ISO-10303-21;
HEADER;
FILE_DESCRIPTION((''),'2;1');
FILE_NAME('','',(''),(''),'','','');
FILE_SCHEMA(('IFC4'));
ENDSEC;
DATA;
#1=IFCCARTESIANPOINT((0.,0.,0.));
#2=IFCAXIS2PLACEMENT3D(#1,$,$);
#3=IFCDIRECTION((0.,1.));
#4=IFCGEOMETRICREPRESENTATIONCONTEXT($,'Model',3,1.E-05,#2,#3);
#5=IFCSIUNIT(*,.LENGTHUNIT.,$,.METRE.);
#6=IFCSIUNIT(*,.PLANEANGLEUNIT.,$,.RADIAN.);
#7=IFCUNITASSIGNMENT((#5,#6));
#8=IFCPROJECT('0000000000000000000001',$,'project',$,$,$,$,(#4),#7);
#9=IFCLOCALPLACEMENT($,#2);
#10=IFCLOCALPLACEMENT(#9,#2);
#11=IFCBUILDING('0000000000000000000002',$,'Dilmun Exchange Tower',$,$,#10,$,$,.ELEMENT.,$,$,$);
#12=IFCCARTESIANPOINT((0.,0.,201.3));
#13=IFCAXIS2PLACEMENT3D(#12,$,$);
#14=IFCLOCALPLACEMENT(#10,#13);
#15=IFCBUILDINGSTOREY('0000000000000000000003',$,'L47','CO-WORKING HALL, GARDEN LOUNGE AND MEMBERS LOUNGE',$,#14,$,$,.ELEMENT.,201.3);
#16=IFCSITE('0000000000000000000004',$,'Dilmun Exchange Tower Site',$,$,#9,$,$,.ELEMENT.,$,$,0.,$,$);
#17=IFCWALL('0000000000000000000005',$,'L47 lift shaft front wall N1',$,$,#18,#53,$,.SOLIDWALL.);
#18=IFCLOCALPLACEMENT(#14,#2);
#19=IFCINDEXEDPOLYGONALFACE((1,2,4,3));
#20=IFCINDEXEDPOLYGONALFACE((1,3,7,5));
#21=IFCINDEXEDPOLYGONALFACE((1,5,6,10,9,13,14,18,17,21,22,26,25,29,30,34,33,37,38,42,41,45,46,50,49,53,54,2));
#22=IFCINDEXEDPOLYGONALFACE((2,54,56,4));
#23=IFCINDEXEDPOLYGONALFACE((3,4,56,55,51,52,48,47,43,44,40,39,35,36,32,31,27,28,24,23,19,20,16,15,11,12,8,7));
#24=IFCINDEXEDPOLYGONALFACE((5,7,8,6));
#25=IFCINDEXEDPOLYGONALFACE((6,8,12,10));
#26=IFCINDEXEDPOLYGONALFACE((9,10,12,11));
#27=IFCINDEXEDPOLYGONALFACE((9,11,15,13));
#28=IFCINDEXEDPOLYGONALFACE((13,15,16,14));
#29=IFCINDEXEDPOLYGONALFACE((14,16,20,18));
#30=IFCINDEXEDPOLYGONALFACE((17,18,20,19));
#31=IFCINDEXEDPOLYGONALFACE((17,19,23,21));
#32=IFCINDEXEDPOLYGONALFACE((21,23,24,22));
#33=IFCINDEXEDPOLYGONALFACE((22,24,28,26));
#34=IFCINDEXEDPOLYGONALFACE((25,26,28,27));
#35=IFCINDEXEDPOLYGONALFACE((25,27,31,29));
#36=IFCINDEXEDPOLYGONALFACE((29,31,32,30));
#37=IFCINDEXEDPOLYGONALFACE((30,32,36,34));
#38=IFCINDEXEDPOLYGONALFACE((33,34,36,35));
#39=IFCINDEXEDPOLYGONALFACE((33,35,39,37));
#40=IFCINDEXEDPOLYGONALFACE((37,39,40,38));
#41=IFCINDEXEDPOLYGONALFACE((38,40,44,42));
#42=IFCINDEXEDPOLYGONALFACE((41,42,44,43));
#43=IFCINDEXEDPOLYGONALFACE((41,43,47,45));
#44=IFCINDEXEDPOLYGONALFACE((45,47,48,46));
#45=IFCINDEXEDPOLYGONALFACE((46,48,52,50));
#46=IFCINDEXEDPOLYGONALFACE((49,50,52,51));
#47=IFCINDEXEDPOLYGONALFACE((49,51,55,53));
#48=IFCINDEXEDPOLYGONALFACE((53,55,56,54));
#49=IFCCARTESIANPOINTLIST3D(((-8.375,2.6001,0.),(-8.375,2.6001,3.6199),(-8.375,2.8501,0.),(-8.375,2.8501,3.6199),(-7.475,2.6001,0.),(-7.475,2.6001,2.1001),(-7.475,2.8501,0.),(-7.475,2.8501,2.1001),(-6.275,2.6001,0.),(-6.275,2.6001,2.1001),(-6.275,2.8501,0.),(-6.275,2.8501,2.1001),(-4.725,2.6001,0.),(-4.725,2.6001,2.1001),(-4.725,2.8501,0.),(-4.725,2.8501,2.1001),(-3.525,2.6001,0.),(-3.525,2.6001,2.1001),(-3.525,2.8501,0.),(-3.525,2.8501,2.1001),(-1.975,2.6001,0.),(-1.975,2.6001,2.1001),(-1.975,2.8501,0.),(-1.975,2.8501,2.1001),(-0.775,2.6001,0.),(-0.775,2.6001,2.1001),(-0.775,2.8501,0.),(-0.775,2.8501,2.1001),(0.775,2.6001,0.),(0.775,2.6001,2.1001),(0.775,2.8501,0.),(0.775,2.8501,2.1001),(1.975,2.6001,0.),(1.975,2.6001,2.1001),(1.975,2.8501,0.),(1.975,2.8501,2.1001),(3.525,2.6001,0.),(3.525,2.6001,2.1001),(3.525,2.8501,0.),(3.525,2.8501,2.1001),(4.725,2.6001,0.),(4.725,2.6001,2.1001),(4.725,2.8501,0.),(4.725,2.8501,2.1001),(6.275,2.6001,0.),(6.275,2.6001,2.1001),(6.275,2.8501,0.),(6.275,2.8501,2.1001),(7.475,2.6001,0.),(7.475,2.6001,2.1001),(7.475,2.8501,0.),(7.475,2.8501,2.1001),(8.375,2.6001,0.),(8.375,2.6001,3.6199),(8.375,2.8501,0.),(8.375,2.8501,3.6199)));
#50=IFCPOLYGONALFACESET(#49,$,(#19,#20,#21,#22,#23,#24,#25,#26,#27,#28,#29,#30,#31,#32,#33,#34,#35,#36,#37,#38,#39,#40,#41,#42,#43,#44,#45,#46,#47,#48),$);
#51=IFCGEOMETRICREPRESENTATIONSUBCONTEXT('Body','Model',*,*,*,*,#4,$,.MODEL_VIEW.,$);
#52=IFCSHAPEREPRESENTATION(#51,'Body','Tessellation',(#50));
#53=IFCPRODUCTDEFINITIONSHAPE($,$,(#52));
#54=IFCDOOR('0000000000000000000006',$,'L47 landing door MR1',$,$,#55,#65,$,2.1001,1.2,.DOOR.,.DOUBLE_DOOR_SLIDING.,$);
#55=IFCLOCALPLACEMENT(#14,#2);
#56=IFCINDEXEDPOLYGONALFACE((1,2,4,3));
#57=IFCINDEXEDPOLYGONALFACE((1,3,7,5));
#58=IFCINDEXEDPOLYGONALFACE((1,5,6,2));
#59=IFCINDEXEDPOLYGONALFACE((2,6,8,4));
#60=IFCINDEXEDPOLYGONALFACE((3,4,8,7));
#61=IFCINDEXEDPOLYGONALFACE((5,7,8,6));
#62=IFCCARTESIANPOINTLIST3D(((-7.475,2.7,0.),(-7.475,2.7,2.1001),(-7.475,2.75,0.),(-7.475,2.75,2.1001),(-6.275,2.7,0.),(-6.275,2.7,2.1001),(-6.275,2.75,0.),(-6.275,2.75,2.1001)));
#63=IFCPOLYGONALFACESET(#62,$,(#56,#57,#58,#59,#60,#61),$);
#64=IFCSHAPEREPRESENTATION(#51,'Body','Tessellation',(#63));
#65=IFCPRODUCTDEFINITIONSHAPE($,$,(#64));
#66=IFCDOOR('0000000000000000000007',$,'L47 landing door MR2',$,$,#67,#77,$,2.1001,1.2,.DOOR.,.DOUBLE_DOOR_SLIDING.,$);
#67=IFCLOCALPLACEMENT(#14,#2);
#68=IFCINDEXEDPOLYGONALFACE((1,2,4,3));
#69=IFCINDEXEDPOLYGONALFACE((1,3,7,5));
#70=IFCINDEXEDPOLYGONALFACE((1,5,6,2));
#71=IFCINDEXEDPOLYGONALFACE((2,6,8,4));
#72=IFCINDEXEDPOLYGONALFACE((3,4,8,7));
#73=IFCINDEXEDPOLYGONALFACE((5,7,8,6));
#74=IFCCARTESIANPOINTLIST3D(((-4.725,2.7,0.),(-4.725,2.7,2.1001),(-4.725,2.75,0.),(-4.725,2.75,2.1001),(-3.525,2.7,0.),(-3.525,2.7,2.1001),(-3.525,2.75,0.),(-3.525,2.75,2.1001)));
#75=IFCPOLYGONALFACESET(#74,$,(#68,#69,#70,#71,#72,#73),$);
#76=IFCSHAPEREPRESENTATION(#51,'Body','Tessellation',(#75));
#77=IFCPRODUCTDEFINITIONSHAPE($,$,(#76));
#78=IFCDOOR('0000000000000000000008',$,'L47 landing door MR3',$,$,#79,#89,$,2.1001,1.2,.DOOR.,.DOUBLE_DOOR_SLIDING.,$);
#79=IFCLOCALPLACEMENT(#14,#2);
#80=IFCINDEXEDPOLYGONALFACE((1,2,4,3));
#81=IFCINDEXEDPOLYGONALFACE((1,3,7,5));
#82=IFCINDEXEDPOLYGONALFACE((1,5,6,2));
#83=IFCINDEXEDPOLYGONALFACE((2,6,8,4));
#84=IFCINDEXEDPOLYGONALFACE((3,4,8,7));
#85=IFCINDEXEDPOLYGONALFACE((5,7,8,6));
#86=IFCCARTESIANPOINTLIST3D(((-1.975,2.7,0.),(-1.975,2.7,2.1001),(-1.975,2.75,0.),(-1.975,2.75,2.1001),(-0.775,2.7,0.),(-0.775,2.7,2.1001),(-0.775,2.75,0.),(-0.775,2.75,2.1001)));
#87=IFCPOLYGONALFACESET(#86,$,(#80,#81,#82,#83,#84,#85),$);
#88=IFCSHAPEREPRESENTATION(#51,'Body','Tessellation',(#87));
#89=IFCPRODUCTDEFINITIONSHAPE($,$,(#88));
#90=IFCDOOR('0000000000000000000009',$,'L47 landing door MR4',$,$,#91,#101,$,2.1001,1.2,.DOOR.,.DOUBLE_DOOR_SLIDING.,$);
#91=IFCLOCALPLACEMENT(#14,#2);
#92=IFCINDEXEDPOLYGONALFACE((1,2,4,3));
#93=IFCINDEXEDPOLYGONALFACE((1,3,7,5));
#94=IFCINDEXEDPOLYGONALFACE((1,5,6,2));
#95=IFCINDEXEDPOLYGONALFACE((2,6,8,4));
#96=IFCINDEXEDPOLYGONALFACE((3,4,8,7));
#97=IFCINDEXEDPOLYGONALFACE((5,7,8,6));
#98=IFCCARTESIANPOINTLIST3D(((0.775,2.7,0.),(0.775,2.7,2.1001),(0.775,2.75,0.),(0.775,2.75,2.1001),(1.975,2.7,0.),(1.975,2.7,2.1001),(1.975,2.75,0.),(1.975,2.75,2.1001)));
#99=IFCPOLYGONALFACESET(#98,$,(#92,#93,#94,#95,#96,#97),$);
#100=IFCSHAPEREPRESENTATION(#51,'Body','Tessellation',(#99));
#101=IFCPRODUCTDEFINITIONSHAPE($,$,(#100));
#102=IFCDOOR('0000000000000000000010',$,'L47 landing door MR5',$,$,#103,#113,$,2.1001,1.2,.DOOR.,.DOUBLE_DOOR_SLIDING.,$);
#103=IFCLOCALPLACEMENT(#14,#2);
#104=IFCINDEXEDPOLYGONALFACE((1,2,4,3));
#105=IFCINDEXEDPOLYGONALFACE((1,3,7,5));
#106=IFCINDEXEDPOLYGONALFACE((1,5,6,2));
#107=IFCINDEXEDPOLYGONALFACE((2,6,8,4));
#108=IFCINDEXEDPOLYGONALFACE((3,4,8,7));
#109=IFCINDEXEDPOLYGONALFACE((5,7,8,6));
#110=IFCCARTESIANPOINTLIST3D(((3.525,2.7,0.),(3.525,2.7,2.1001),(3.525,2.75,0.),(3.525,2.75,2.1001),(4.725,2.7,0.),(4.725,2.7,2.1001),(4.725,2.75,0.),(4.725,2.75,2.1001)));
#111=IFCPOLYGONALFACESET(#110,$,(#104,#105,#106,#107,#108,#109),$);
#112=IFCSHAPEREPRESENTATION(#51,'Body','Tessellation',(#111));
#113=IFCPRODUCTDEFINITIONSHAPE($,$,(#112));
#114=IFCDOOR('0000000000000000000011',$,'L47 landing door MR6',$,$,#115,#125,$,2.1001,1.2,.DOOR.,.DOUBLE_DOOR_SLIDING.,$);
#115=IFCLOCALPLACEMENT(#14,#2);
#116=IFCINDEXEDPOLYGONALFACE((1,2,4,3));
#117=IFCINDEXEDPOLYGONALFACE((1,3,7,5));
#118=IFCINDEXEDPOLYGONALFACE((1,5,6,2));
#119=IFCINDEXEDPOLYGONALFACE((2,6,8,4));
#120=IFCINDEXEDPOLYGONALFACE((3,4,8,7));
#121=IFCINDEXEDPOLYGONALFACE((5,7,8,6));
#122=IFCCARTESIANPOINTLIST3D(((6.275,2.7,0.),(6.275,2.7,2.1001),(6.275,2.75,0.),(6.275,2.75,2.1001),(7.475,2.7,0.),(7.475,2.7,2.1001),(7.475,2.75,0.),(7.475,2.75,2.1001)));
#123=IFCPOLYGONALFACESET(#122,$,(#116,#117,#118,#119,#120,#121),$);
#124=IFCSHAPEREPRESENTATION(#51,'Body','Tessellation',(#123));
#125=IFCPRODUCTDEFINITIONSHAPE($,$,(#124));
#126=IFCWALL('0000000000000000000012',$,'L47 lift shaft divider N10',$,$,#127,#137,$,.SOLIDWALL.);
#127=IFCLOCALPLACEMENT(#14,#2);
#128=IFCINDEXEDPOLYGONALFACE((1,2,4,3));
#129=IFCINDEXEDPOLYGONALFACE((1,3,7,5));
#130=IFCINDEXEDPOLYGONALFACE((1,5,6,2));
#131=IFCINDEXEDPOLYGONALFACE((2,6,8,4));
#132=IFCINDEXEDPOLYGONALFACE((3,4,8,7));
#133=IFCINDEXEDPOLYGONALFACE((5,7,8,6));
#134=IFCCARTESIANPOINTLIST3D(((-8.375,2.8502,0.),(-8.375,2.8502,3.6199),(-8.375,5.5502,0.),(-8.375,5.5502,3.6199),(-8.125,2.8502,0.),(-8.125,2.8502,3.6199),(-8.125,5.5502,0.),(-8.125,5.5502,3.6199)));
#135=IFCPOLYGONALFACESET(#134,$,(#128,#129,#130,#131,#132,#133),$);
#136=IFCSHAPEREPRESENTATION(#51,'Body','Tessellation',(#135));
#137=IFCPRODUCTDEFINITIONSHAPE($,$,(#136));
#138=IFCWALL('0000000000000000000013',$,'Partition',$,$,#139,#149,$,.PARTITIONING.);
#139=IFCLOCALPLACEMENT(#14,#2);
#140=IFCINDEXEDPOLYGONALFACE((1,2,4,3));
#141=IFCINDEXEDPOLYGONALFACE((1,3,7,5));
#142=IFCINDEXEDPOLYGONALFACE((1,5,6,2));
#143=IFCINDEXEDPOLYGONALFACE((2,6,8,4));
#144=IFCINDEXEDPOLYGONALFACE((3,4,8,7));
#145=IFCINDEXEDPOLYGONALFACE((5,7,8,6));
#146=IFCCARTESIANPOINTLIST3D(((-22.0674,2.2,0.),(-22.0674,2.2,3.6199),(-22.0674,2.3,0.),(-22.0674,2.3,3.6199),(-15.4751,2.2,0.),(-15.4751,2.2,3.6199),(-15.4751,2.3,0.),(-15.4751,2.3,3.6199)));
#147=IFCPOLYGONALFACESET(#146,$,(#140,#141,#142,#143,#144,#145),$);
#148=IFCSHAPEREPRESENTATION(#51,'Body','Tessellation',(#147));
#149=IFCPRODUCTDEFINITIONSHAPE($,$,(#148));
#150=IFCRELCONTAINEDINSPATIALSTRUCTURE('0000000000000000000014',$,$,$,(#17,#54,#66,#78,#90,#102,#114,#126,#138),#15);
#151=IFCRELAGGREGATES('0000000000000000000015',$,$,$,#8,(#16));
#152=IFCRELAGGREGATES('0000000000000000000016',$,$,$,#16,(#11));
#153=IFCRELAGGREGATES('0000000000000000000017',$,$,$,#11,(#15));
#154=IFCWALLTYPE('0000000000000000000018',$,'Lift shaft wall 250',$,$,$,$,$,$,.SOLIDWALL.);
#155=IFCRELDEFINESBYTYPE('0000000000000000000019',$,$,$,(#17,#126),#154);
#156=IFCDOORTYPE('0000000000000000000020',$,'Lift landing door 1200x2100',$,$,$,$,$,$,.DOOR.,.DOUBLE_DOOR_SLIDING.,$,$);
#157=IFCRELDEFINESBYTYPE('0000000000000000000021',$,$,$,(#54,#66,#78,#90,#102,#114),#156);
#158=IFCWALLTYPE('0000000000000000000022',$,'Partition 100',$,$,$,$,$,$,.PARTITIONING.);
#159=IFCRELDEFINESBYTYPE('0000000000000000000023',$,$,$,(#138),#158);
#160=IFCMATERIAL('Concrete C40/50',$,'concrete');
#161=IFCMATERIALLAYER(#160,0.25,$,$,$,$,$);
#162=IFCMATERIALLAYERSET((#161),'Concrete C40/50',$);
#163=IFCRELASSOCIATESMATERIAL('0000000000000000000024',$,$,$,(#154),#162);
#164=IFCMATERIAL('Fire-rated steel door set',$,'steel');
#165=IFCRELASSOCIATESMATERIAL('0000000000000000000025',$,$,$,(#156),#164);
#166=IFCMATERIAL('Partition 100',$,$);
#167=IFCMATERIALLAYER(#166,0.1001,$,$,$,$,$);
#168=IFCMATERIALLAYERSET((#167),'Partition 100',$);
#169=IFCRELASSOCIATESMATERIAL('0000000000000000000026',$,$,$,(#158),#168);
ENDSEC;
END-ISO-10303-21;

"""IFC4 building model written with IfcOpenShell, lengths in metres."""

from ifc_helpers import new_model, si_unit, direction, frame, frame_2d, origin, place, context, subcontext, project, spatial, rectangle, extrude, material, layer, layer_set, type_object, element, fill, save


model = new_model("IFC4")

# Units and contexts
model_context = context("Model", 3, precision=1e-05, world=origin(), true_north=direction((0.0, 1.0)))
body_context = subcontext(model_context, "Body", "Model", "MODEL_VIEW")
ifc_project = project(units=[si_unit("LENGTHUNIT", "METRE"), si_unit("PLANEANGLEUNIT", "RADIAN")], contexts=[model_context])

# Site, building, storey
site_placement = place(None, origin())
site = spatial("IfcSite", under=ifc_project, at=site_placement, Name="Dilmun Exchange Tower Site", CompositionType="ELEMENT", RefElevation=0.0)
building_placement = place(site_placement, origin())
building = spatial("IfcBuilding", under=site, at=building_placement, Name="Dilmun Exchange Tower", CompositionType="ELEMENT")
storey_placement = place(building_placement, frame((0.0, 0.0, 201.3)))
storey = spatial("IfcBuildingStorey", under=building, at=storey_placement, Name="L47", Description="CO-WORKING HALL, GARDEN LOUNGE AND MEMBERS LOUNGE", CompositionType="ELEMENT", Elevation=201.3)

# Shared definitions
ifc_material_1 = material(Name="Concrete C40/50", Category="concrete")

# Shared definitions
ifc_material_2 = material(Name="Fire-rated steel door set", Category="steel")

# Wall, openings, doors
ifc_layer_1 = layer(ifc_material_1, 0.25)
ifc_layer_set_1 = layer_set([ifc_layer_1], Name="Concrete C40/50")
wall_type_1 = type_object("IfcWallType", Name="Lift shaft wall 250", PredefinedType="SOLIDWALL", material=ifc_layer_set_1)
wall_1_placement = place(storey_placement, frame((-8.375, 2.7251, 0.0), z_axis=(0.0, 0.0, 1.0), x_axis=(1.0, 0.0, 0.0)))
wall_1 = element("IfcWall", 1, at=wall_1_placement, inside=storey, type_object=wall_type_1, Name="L47 lift shaft front wall N1", PredefinedType="SOLIDWALL", context=body_context, shape_type="SweptSolid", body=[
    extrude(rectangle(XDim=16.75, YDim=0.25, at=frame_2d((8.375, 0.0))), origin(), (0.0, 0.0, 1.0), 3.6199),
])
opening_1_placement = place(wall_1_placement, frame((0.8999, 0.0, 0.0)))
opening_1 = element("IfcOpeningElement", 2, at=opening_1_placement, cuts=wall_1, PredefinedType="OPENING", context=body_context, shape_type="SweptSolid", body=[
    extrude(rectangle(XDim=1.2, YDim=2.1001, at=frame_2d((0.6001, 1.05))), frame((0.0, 0.135, 0.0), z_axis=(0.0, -1.0, 0.0), x_axis=(1.0, 0.0, 0.0)), (0.0, 0.0, 1.0), 0.27),
])
opening_2_placement = place(wall_1_placement, frame((3.6499, 0.0, 0.0)))
opening_2 = element("IfcOpeningElement", 3, at=opening_2_placement, cuts=wall_1, PredefinedType="OPENING", context=body_context, shape_type="SweptSolid", body=[
    extrude(rectangle(XDim=1.2, YDim=2.1001, at=frame_2d((0.6001, 1.05))), frame((0.0, 0.135, 0.0), z_axis=(0.0, -1.0, 0.0), x_axis=(1.0, 0.0, 0.0)), (0.0, 0.0, 1.0), 0.27),
])
opening_3_placement = place(wall_1_placement, frame((6.3999, 0.0, 0.0)))
opening_3 = element("IfcOpeningElement", 4, at=opening_3_placement, cuts=wall_1, PredefinedType="OPENING", context=body_context, shape_type="SweptSolid", body=[
    extrude(rectangle(XDim=1.2, YDim=2.1001, at=frame_2d((0.6001, 1.05))), frame((0.0, 0.135, 0.0), z_axis=(0.0, -1.0, 0.0), x_axis=(1.0, 0.0, 0.0)), (0.0, 0.0, 1.0), 0.27),
])
opening_4_placement = place(wall_1_placement, frame((9.1499, 0.0, 0.0)))
opening_4 = element("IfcOpeningElement", 5, at=opening_4_placement, cuts=wall_1, PredefinedType="OPENING", context=body_context, shape_type="SweptSolid", body=[
    extrude(rectangle(XDim=1.2, YDim=2.1001, at=frame_2d((0.6001, 1.05))), frame((0.0, 0.135, 0.0), z_axis=(0.0, -1.0, 0.0), x_axis=(1.0, 0.0, 0.0)), (0.0, 0.0, 1.0), 0.27),
])
opening_5_placement = place(wall_1_placement, frame((11.8999, 0.0, 0.0)))
opening_5 = element("IfcOpeningElement", 6, at=opening_5_placement, cuts=wall_1, PredefinedType="OPENING", context=body_context, shape_type="SweptSolid", body=[
    extrude(rectangle(XDim=1.2, YDim=2.1001, at=frame_2d((0.6001, 1.05))), frame((0.0, 0.135, 0.0), z_axis=(0.0, -1.0, 0.0), x_axis=(1.0, 0.0, 0.0)), (0.0, 0.0, 1.0), 0.27),
])
opening_6_placement = place(wall_1_placement, frame((14.6499, 0.0, 0.0)))
opening_6 = element("IfcOpeningElement", 7, at=opening_6_placement, cuts=wall_1, PredefinedType="OPENING", context=body_context, shape_type="SweptSolid", body=[
    extrude(rectangle(XDim=1.2, YDim=2.1001, at=frame_2d((0.6001, 1.05))), frame((0.0, 0.135, 0.0), z_axis=(0.0, -1.0, 0.0), x_axis=(1.0, 0.0, 0.0)), (0.0, 0.0, 1.0), 0.27),
])
door_type_1 = type_object("IfcDoorType", Name="Lift landing door 1200x2100", OperationType="DOUBLE_DOOR_SLIDING", PredefinedType="DOOR", material=ifc_material_2)
door_1_placement = place(opening_1_placement, origin())
door_1 = element("IfcDoor", 8, at=door_1_placement, inside=storey, type_object=door_type_1, Name="L47 landing door MR1", OperationType="DOUBLE_DOOR_SLIDING", OverallHeight=2.1001, OverallWidth=1.2, PredefinedType="DOOR", context=body_context, shape_type="SweptSolid", body=[
    extrude(rectangle(XDim=1.2, YDim=2.1001, at=frame_2d((0.6001, 1.05))), frame((0.0, 0.0249, 0.0), z_axis=(0.0, -1.0, 0.0), x_axis=(1.0, 0.0, 0.0)), (0.0, 0.0, 1.0), 0.05),
])
fill(opening_1, door_1)
door_2_placement = place(opening_2_placement, origin())
door_2 = element("IfcDoor", 9, at=door_2_placement, inside=storey, type_object=door_type_1, Name="L47 landing door MR2", OperationType="DOUBLE_DOOR_SLIDING", OverallHeight=2.1001, OverallWidth=1.2, PredefinedType="DOOR", context=body_context, shape_type="SweptSolid", body=[
    extrude(rectangle(XDim=1.2, YDim=2.1001, at=frame_2d((0.6001, 1.05))), frame((0.0, 0.0249, 0.0), z_axis=(0.0, -1.0, 0.0), x_axis=(1.0, 0.0, 0.0)), (0.0, 0.0, 1.0), 0.05),
])
fill(opening_2, door_2)
door_3_placement = place(opening_3_placement, origin())
door_3 = element("IfcDoor", 10, at=door_3_placement, inside=storey, type_object=door_type_1, Name="L47 landing door MR3", OperationType="DOUBLE_DOOR_SLIDING", OverallHeight=2.1001, OverallWidth=1.2, PredefinedType="DOOR", context=body_context, shape_type="SweptSolid", body=[
    extrude(rectangle(XDim=1.2, YDim=2.1001, at=frame_2d((0.6001, 1.05))), frame((0.0, 0.0249, 0.0), z_axis=(0.0, -1.0, 0.0), x_axis=(1.0, 0.0, 0.0)), (0.0, 0.0, 1.0), 0.05),
])
fill(opening_3, door_3)
door_4_placement = place(opening_4_placement, origin())
door_4 = element("IfcDoor", 11, at=door_4_placement, inside=storey, type_object=door_type_1, Name="L47 landing door MR4", OperationType="DOUBLE_DOOR_SLIDING", OverallHeight=2.1001, OverallWidth=1.2, PredefinedType="DOOR", context=body_context, shape_type="SweptSolid", body=[
    extrude(rectangle(XDim=1.2, YDim=2.1001, at=frame_2d((0.6001, 1.05))), frame((0.0, 0.0249, 0.0), z_axis=(0.0, -1.0, 0.0), x_axis=(1.0, 0.0, 0.0)), (0.0, 0.0, 1.0), 0.05),
])
fill(opening_4, door_4)
door_5_placement = place(opening_5_placement, origin())
door_5 = element("IfcDoor", 12, at=door_5_placement, inside=storey, type_object=door_type_1, Name="L47 landing door MR5", OperationType="DOUBLE_DOOR_SLIDING", OverallHeight=2.1001, OverallWidth=1.2, PredefinedType="DOOR", context=body_context, shape_type="SweptSolid", body=[
    extrude(rectangle(XDim=1.2, YDim=2.1001, at=frame_2d((0.6001, 1.05))), frame((0.0, 0.0249, 0.0), z_axis=(0.0, -1.0, 0.0), x_axis=(1.0, 0.0, 0.0)), (0.0, 0.0, 1.0), 0.05),
])
fill(opening_5, door_5)
door_6_placement = place(opening_6_placement, origin())
door_6 = element("IfcDoor", 13, at=door_6_placement, inside=storey, type_object=door_type_1, Name="L47 landing door MR6", OperationType="DOUBLE_DOOR_SLIDING", OverallHeight=2.1001, OverallWidth=1.2, PredefinedType="DOOR", context=body_context, shape_type="SweptSolid", body=[
    extrude(rectangle(XDim=1.2, YDim=2.1001, at=frame_2d((0.6001, 1.05))), frame((0.0, 0.0249, 0.0), z_axis=(0.0, -1.0, 0.0), x_axis=(1.0, 0.0, 0.0)), (0.0, 0.0, 1.0), 0.05),
])
fill(opening_6, door_6)

# Walls
wall_2_placement = place(storey_placement, frame((-8.25, 2.8501, 0.0), z_axis=(0.0, 0.0, 1.0), x_axis=(0.0, 1.0, 0.0)))
element("IfcWall", 14, at=wall_2_placement, inside=storey, type_object=wall_type_1, Name="L47 lift shaft divider N10", PredefinedType="SOLIDWALL", context=body_context, shape_type="SweptSolid", body=[
    extrude(rectangle(XDim=2.7, YDim=0.25, at=frame_2d((1.3501, 0.0))), origin(), (0.0, 0.0, 1.0), 3.6199),
])
ifc_material_3 = material(Name="Partition 100")
ifc_layer_2 = layer(ifc_material_3, 0.1001)
ifc_layer_set_2 = layer_set([ifc_layer_2], Name="Partition 100")
wall_type_2 = type_object("IfcWallType", Name="Partition 100", PredefinedType="PARTITIONING", material=ifc_layer_set_2)
wall_3_placement = place(storey_placement, frame((-22.0674, 2.25, 0.0), z_axis=(0.0, 0.0, 1.0), x_axis=(1.0, 0.0, 0.0)))
element("IfcWall", 15, at=wall_3_placement, inside=storey, type_object=wall_type_2, Name="Partition", PredefinedType="PARTITIONING", context=body_context, shape_type="SweptSolid", body=[
    extrude(rectangle(XDim=6.5923, YDim=0.1001, at=frame_2d((3.2961, 0.0))), origin(), (0.0, 0.0, 1.0), 3.6199),
])

save(model, "model.ifc")
